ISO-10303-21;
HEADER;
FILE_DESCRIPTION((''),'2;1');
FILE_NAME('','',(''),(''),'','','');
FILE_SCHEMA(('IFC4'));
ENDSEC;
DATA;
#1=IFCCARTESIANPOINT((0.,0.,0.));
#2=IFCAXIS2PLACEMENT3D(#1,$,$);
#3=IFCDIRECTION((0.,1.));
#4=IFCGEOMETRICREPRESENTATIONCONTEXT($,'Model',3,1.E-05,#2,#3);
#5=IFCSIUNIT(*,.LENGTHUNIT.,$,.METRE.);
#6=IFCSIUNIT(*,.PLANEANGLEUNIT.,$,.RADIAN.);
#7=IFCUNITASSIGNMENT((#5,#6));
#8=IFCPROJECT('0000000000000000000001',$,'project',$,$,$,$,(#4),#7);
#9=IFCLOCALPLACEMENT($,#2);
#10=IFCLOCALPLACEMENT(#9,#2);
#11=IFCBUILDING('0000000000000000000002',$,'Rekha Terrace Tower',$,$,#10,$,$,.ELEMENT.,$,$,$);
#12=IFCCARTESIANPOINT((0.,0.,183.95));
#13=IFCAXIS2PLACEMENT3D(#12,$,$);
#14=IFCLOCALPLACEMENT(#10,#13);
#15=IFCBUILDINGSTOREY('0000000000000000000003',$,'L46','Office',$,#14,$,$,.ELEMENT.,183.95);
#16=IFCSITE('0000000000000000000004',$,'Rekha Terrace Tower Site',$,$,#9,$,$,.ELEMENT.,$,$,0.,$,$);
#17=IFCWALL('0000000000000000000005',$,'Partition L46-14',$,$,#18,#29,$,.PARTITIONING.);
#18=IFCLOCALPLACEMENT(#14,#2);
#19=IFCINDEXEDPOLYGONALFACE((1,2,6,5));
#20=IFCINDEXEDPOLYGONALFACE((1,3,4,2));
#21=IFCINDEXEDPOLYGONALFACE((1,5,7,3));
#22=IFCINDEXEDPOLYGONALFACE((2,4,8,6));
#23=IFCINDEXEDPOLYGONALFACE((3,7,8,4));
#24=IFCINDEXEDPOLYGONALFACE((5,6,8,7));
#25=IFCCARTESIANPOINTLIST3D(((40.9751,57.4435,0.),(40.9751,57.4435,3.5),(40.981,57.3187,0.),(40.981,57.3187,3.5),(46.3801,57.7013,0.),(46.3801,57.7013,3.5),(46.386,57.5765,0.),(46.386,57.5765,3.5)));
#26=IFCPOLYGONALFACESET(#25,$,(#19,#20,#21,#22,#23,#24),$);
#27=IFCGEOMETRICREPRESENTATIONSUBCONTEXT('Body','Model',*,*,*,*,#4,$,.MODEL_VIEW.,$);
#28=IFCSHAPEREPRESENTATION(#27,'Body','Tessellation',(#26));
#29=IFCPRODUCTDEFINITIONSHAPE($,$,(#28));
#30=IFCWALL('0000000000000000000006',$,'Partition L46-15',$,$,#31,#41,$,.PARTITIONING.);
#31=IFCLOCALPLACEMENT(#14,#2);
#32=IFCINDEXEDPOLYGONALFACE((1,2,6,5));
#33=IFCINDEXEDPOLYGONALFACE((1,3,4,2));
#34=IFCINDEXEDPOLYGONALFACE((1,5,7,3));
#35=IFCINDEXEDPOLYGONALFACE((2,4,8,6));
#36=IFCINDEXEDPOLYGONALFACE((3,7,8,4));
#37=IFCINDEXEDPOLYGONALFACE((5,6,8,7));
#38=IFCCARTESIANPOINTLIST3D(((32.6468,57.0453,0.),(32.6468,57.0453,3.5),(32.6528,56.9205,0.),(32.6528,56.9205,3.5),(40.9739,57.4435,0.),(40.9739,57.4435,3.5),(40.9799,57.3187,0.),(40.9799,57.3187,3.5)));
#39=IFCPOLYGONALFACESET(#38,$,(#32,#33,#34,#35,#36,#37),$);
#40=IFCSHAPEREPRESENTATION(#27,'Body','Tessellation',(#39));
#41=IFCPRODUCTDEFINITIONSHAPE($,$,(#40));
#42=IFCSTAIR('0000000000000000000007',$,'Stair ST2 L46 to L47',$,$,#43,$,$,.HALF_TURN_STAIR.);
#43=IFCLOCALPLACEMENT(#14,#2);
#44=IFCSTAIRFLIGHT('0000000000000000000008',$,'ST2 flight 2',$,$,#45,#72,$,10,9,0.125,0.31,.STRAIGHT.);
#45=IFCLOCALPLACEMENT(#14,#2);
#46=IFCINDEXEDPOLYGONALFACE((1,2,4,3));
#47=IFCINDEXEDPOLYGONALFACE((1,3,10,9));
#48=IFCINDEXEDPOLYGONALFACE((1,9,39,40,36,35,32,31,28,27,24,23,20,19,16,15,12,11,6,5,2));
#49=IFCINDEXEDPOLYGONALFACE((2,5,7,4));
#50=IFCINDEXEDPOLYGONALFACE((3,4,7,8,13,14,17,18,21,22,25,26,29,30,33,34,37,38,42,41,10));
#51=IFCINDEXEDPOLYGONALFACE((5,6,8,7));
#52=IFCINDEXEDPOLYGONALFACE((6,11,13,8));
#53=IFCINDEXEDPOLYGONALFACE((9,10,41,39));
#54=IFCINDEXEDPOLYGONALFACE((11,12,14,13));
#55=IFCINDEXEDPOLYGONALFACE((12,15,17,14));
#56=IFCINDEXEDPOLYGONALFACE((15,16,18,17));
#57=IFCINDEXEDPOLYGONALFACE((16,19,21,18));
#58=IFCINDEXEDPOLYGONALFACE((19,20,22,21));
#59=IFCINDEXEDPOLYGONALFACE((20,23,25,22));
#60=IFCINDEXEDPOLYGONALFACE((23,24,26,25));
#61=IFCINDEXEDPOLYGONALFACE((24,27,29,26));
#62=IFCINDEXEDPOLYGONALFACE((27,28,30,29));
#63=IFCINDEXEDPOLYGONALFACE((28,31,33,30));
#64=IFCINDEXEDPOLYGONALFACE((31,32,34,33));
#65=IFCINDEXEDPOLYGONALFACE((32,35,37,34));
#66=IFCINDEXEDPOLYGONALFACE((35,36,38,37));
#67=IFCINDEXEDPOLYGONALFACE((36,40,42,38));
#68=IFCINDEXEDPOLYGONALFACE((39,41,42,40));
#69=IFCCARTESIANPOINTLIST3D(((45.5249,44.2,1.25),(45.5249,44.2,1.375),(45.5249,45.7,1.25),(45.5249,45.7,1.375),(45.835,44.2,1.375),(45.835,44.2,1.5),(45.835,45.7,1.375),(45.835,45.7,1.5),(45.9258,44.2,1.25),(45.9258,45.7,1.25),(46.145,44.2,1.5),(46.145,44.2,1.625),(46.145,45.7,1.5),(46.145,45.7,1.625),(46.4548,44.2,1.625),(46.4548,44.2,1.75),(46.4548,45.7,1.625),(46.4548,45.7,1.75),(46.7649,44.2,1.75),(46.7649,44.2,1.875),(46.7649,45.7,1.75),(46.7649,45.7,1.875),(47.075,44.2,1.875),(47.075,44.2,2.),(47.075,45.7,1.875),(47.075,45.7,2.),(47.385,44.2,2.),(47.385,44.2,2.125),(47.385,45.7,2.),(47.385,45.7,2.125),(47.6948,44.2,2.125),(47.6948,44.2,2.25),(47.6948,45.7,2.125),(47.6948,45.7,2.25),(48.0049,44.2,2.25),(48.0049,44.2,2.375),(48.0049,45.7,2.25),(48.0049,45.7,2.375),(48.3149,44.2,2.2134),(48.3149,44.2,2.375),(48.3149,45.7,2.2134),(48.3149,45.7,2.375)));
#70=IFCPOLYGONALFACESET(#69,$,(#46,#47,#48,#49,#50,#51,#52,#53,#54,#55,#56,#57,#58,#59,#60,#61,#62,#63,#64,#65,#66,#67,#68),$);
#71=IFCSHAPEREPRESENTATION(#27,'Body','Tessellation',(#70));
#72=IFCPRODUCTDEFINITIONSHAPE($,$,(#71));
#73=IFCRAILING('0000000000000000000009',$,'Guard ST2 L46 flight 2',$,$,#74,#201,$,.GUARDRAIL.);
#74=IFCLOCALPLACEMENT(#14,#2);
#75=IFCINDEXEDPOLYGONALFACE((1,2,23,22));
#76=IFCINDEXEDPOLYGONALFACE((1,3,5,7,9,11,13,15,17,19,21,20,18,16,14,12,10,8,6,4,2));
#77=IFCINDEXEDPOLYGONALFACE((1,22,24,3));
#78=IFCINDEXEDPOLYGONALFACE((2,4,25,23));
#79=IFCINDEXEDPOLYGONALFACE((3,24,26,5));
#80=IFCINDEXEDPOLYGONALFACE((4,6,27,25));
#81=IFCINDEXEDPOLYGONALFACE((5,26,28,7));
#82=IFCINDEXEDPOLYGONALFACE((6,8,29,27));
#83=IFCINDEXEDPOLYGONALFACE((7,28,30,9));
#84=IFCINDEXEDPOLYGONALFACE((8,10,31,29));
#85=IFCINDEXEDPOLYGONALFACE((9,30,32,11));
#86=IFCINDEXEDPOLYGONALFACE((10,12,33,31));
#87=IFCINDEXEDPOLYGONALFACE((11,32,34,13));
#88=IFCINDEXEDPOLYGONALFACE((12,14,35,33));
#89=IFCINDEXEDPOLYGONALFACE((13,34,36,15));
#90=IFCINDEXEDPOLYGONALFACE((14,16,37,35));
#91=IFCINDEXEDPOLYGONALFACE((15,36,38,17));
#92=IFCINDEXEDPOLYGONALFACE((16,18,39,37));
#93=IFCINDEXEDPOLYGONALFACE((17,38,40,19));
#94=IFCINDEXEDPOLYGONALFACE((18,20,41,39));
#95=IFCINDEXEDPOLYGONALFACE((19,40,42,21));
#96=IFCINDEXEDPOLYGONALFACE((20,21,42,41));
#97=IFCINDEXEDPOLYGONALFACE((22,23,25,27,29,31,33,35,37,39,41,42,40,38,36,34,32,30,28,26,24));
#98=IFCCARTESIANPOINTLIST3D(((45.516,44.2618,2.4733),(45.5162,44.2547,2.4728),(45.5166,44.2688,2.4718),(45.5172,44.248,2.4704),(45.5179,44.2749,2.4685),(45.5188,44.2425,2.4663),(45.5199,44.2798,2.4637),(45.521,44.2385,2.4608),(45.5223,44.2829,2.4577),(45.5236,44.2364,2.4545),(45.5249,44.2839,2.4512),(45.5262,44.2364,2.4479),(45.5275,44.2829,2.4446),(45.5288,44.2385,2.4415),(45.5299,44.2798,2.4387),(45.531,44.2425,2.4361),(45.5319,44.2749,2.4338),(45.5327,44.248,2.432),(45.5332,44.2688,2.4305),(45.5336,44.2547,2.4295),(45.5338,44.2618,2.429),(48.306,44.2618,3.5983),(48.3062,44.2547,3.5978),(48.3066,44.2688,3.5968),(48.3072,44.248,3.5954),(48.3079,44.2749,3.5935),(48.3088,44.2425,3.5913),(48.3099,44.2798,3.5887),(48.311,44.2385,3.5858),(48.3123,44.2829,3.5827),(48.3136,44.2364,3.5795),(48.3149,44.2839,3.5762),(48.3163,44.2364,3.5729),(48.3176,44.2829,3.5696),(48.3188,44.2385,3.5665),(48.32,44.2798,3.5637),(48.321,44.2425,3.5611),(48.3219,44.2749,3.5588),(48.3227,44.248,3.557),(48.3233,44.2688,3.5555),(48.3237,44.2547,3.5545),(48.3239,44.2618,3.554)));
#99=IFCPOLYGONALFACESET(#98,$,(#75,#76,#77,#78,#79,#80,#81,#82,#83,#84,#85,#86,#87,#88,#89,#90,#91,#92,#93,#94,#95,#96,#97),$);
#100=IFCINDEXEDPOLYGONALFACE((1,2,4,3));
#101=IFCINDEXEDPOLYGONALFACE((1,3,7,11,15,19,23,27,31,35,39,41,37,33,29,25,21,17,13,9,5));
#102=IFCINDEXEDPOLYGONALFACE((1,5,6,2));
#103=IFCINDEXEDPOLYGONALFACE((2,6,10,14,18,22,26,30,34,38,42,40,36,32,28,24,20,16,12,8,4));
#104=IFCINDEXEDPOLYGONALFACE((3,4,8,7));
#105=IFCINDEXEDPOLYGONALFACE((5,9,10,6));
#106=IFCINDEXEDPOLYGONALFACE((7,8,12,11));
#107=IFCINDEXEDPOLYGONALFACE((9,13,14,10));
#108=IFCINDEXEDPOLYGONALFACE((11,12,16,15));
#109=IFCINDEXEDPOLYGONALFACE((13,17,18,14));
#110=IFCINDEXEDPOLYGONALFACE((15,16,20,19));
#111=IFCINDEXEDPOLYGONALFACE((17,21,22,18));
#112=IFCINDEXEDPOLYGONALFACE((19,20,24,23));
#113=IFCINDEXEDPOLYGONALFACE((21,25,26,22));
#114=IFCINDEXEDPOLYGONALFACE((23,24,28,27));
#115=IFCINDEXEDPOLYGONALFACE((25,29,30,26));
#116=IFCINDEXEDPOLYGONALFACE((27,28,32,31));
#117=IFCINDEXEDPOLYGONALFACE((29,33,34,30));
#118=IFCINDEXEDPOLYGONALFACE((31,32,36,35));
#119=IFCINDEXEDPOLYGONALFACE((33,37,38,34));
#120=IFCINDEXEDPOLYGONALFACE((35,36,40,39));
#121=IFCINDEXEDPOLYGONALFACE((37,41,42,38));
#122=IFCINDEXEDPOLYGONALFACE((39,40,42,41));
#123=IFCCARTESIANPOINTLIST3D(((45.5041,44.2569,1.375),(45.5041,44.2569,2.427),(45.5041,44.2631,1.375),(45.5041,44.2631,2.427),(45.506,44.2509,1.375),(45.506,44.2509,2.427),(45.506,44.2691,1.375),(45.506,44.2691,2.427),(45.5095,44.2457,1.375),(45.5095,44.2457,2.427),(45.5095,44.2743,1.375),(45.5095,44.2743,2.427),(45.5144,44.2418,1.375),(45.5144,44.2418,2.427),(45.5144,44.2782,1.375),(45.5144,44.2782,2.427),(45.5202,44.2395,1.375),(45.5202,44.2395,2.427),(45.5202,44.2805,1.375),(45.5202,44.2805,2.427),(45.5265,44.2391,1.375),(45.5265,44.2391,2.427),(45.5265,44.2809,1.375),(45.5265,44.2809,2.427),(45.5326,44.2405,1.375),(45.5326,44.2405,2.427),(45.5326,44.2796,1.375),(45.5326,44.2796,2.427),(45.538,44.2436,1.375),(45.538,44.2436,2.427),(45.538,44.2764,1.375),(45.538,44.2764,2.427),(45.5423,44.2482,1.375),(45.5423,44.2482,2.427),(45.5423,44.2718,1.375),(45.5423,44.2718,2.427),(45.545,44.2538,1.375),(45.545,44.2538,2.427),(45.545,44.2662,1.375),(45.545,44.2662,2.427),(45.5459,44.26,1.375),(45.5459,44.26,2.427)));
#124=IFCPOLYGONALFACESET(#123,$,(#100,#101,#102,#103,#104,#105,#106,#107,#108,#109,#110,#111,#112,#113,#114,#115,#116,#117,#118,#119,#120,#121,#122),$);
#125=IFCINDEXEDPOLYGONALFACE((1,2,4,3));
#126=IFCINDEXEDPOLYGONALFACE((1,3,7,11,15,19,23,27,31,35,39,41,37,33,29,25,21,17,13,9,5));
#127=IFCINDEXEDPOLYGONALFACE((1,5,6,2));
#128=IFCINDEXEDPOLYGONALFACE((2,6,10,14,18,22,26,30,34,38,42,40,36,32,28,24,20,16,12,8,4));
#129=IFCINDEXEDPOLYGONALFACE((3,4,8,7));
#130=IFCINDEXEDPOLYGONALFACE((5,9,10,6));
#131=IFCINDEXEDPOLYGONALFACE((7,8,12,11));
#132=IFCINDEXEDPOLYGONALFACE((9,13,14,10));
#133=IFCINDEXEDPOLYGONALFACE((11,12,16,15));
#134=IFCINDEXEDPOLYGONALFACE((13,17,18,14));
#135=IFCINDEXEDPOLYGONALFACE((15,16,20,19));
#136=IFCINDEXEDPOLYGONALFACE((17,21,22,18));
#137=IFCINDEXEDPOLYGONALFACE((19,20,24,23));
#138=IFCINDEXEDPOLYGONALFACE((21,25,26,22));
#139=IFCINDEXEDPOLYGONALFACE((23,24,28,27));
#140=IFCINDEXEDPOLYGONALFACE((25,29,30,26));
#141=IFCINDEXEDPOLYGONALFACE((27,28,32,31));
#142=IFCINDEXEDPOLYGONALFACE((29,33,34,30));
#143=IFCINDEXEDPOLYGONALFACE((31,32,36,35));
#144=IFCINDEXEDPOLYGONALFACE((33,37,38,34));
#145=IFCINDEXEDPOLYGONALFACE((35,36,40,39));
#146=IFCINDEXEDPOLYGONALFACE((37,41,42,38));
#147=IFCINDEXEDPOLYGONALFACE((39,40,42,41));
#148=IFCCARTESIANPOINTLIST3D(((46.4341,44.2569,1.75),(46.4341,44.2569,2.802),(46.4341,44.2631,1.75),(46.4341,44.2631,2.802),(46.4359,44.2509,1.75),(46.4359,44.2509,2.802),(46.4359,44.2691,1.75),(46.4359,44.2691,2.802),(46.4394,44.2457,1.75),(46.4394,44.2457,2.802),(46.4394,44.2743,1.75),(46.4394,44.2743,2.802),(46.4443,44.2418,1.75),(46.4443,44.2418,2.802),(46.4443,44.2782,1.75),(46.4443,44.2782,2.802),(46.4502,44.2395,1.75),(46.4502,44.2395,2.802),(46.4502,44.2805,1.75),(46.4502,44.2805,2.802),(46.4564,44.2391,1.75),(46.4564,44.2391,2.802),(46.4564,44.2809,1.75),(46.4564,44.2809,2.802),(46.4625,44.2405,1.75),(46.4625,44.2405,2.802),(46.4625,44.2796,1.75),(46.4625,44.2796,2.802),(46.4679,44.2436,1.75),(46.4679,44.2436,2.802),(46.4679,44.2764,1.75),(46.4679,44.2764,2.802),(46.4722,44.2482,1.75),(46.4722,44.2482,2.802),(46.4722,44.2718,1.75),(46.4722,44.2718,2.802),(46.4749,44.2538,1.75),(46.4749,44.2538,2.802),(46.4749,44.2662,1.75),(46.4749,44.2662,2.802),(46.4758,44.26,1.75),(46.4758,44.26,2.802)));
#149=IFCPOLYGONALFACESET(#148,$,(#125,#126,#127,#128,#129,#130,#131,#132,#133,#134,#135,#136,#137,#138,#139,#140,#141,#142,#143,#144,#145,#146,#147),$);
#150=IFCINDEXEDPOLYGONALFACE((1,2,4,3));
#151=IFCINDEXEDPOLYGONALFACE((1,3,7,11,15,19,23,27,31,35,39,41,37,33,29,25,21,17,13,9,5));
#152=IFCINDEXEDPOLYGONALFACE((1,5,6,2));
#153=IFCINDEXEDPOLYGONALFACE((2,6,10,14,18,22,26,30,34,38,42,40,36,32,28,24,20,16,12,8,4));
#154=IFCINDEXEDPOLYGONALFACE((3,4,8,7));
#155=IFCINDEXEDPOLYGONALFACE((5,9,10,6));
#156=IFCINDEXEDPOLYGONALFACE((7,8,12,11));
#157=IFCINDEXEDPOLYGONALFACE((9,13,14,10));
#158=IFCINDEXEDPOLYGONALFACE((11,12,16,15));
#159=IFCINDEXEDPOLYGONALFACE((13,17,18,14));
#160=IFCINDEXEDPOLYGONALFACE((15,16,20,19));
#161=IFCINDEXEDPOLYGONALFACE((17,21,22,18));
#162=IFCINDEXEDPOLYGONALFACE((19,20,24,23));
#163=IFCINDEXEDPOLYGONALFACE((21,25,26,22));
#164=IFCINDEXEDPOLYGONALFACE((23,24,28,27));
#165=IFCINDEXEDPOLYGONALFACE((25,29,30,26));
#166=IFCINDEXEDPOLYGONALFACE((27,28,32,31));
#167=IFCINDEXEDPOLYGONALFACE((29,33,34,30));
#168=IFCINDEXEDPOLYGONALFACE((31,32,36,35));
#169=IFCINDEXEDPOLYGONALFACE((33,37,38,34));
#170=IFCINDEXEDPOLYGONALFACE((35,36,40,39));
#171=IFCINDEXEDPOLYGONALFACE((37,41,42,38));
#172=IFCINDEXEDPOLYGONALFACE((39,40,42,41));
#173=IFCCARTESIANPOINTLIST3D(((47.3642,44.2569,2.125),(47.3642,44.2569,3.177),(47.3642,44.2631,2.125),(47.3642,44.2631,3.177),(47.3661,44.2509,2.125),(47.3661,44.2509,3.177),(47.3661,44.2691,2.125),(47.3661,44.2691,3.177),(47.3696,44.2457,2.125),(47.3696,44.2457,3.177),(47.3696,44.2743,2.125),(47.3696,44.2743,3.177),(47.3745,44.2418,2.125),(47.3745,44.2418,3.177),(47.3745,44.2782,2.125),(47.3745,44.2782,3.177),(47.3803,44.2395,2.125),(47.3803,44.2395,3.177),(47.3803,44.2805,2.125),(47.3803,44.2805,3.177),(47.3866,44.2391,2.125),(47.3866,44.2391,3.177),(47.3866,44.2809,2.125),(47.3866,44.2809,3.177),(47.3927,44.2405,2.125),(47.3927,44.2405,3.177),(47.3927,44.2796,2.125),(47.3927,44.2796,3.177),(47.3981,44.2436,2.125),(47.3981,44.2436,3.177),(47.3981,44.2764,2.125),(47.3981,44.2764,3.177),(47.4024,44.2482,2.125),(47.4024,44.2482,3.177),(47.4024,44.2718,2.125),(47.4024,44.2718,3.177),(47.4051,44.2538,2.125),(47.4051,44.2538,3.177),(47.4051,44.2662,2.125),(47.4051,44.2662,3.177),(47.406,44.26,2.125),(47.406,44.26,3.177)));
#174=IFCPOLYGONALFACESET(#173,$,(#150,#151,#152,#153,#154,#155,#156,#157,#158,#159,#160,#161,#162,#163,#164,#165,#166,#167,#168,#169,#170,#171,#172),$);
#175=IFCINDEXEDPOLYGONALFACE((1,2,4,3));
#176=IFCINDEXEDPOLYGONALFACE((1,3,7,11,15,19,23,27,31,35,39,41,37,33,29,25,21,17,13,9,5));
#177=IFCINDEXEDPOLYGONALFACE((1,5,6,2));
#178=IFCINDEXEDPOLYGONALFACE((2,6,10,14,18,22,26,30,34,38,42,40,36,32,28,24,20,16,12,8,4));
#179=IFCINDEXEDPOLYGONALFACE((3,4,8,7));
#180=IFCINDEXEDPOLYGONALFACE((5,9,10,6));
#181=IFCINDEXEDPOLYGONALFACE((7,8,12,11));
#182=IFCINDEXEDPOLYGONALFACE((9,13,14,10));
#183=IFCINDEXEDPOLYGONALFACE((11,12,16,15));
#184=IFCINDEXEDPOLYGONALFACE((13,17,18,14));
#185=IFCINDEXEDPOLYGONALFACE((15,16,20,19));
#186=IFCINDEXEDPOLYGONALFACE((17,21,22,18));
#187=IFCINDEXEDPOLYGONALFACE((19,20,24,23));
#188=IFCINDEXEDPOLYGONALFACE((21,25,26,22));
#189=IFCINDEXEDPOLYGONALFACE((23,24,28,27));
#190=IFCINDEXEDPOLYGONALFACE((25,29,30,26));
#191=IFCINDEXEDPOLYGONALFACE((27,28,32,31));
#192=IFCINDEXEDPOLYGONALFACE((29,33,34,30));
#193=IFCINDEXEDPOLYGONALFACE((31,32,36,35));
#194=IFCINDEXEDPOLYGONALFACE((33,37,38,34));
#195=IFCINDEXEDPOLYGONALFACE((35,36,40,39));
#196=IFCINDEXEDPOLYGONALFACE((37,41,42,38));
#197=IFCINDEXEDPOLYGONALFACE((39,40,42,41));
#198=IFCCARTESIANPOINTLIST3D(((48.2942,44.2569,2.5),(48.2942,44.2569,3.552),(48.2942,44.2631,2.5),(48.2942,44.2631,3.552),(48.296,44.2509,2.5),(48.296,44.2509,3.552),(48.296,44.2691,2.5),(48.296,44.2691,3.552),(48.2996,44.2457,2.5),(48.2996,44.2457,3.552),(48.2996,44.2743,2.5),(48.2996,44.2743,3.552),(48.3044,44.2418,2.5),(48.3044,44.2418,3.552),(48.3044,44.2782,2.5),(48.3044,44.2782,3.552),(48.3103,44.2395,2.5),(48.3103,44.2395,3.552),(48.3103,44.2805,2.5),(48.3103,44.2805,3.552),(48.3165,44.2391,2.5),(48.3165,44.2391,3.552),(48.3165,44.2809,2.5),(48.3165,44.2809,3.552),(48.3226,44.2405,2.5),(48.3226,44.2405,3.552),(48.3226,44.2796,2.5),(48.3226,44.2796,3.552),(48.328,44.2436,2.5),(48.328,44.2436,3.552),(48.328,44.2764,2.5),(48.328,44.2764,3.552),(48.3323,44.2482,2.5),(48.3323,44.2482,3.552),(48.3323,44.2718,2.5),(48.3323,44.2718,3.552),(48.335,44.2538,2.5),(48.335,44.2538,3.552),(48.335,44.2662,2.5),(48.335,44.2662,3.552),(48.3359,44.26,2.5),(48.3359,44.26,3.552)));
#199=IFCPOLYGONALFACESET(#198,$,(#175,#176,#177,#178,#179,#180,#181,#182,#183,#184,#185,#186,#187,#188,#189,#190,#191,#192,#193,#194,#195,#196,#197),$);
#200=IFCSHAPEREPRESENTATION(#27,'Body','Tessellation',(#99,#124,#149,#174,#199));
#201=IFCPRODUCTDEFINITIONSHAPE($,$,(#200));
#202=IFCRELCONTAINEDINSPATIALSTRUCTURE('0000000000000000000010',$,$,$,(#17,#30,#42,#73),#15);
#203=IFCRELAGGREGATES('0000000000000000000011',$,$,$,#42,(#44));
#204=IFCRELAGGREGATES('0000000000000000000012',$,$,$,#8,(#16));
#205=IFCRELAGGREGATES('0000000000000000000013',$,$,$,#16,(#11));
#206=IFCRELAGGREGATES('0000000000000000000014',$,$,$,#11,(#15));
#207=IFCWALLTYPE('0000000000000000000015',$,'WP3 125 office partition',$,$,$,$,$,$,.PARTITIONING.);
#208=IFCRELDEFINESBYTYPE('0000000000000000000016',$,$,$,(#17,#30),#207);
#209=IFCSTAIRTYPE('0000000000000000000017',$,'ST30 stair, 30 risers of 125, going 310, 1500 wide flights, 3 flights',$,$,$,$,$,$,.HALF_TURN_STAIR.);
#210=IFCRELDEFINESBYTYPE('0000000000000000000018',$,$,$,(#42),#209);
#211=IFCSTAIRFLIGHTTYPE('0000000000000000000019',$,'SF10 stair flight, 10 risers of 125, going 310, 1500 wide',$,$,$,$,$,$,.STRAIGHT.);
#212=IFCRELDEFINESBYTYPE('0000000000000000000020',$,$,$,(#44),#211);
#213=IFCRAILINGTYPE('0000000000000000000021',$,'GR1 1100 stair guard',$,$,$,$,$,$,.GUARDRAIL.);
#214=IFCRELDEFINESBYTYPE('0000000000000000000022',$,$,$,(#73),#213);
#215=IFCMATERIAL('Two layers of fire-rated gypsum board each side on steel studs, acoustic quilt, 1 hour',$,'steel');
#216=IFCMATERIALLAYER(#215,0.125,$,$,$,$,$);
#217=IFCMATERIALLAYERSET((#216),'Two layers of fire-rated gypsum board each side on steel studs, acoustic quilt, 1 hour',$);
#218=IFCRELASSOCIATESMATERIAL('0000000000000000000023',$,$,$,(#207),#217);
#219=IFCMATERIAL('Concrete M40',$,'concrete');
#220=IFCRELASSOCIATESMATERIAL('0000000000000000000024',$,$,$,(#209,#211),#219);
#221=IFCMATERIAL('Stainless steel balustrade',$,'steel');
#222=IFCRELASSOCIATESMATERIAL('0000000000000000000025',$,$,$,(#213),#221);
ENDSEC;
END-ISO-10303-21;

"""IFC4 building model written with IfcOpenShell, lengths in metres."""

from ifc_helpers import new_model, si_unit, direction, frame, frame_2d, origin, origin_2d, place, context, subcontext, project, spatial, polyline, rectangle, circle, outline, extrude, material, layer, layer_set, type_object, element, aggregate, save


model = new_model("IFC4")

# Units and contexts
model_context = context("Model", 3, precision=1e-05, world=origin(), true_north=direction((0.0, 1.0)))
body_context = subcontext(model_context, "Body", "Model", "MODEL_VIEW")
ifc_project = project(units=[si_unit("LENGTHUNIT", "METRE"), si_unit("PLANEANGLEUNIT", "RADIAN")], contexts=[model_context])

# Site, building, storey
site_placement = place(None, origin())
site = spatial("IfcSite", under=ifc_project, at=site_placement, Name="Rekha Terrace Tower Site", CompositionType="ELEMENT", RefElevation=0.0)
building_placement = place(site_placement, origin())
building = spatial("IfcBuilding", under=site, at=building_placement, Name="Rekha Terrace Tower", CompositionType="ELEMENT")
storey_placement = place(building_placement, frame((0.0, 0.0, 183.95)))
storey = spatial("IfcBuildingStorey", under=building, at=storey_placement, Name="L46", Description="Office", CompositionType="ELEMENT", Elevation=183.95)

# Shared definitions
ifc_material_1 = material(Name="Two layers of fire-rated gypsum board each side on steel studs, acoustic quilt, 1 hour", Category="steel")
ifc_layer_1 = layer(ifc_material_1, 0.125)
ifc_layer_set_1 = layer_set([ifc_layer_1], Name="Two layers of fire-rated gypsum board each side on steel studs, acoustic quilt, 1 hour")
wall_type_1 = type_object("IfcWallType", Name="WP3 125 office partition", PredefinedType="PARTITIONING", material=ifc_layer_set_1)

# Walls
wall_1_placement = place(storey_placement, frame((46.3831, 57.6389, 0.0), z_axis=(0.0, 0.0, 1.0), x_axis=(-0.998864, -0.047644, 0.0)))
element("IfcWall", 1, at=wall_1_placement, inside=storey, type_object=wall_type_1, Name="Partition L46-14", PredefinedType="PARTITIONING", context=body_context, shape_type="SweptSolid", body=[
    extrude(rectangle(XDim=5.4111, YDim=0.125, at=frame_2d((2.7056, 0.0))), origin(), (0.0, 0.0, 1.0), 3.5),
])
wall_2_placement = place(storey_placement, frame((40.9771, 57.3811, 0.0), z_axis=(0.0, 0.0, 1.0), x_axis=(-0.998859, -0.047764, 0.0)))
element("IfcWall", 2, at=wall_2_placement, inside=storey, type_object=wall_type_1, Name="Partition L46-15", PredefinedType="PARTITIONING", context=body_context, shape_type="SweptSolid", body=[
    extrude(rectangle(XDim=8.3367, YDim=0.125, at=frame_2d((4.1685, 0.0))), origin(), (0.0, 0.0, 1.0), 3.5),
])

# Stair, stair flight
ifc_material_2 = material(Name="Concrete M40", Category="concrete")
stair_type = type_object("IfcStairType", Name="ST30 stair, 30 risers of 125, going 310, 1500 wide flights, 3 flights", PredefinedType="HALF_TURN_STAIR", material=ifc_material_2)
stair_placement = place(storey_placement, origin())
stair = element("IfcStair", 3, at=stair_placement, inside=storey, type_object=stair_type, Name="Stair ST2 L46 to L47", PredefinedType="HALF_TURN_STAIR")
stair_flight_type = type_object("IfcStairFlightType", Name="SF10 stair flight, 10 risers of 125, going 310, 1500 wide", PredefinedType="STRAIGHT", material=ifc_material_2)
stair_flight_placement = place(storey_placement, frame((45.5249, 44.95, 1.25), z_axis=(0.0, 0.0, 1.0), x_axis=(1.0, 0.0, 0.0)))
stair_flight = element("IfcStairFlight", 4, at=stair_flight_placement, type_object=stair_flight_type, Name="ST2 flight 2", NumberOfRisers=10, NumberOfTreads=9, PredefinedType="STRAIGHT", RiserHeight=0.125, TreadLength=0.31, context=body_context, shape_type="SweptSolid", body=[
    extrude(outline(polyline([(0.0, 0.0), (0.0, 0.125), (0.3101, 0.125), (0.3101, 0.25), (0.6201, 0.25), (0.6201, 0.375), (0.9299, 0.375), (0.9299, 0.5), (1.24, 0.5), (1.24, 0.625), (1.55, 0.625), (1.55, 0.75), (1.8601, 0.75), (1.8601, 0.875), (2.1699, 0.875), (2.1699, 1.0), (2.48, 1.0), (2.48, 1.125), (2.79, 1.125), (2.79, 1.25), (2.79, 0.9634), (0.4009, 0.0), (0.0, 0.0)])), frame((0.0, 0.75, 0.0), z_axis=(0.0, -1.0, 0.0), x_axis=(1.0, 0.0, 0.0)), (0.0, 0.0, 1.0), 1.5),
])
aggregate(stair, [stair_flight])

# Railing
ifc_material_3 = material(Name="Stainless steel balustrade", Category="steel")
railing_type_1 = type_object("IfcRailingType", Name="GR1 1100 stair guard", PredefinedType="GUARDRAIL", material=ifc_material_3)
railing_1_placement = place(storey_placement, frame((45.5249, 44.26, 1.375)))
element("IfcRailing", 5, at=railing_1_placement, inside=storey, type_object=railing_type_1, Name="Guard ST2 L46 flight 2", PredefinedType="GUARDRAIL", context=body_context, shape_type="SweptSolid", body=[
    extrude(circle(Radius=0.0239, at=origin_2d()), frame((0.0, 0.0, 1.0762), z_axis=(0.927443, 0.0, 0.373964), x_axis=(0.0, 1.0, 0.0)), (0.0, 0.0, 1.0), 3.0083),
    extrude(circle(Radius=0.021, at=origin_2d()), origin(), (0.0, 0.0, 1.0), 1.052),
    extrude(circle(Radius=0.021, at=origin_2d()), frame((0.9299, 0.0, 0.375)), (0.0, 0.0, 1.0), 1.052),
    extrude(circle(Radius=0.021, at=origin_2d()), frame((1.8601, 0.0, 0.75)), (0.0, 0.0, 1.0), 1.052),
    extrude(circle(Radius=0.021, at=origin_2d()), frame((2.79, 0.0, 1.125)), (0.0, 0.0, 1.0), 1.052),
])

save(model, "model.ifc")
